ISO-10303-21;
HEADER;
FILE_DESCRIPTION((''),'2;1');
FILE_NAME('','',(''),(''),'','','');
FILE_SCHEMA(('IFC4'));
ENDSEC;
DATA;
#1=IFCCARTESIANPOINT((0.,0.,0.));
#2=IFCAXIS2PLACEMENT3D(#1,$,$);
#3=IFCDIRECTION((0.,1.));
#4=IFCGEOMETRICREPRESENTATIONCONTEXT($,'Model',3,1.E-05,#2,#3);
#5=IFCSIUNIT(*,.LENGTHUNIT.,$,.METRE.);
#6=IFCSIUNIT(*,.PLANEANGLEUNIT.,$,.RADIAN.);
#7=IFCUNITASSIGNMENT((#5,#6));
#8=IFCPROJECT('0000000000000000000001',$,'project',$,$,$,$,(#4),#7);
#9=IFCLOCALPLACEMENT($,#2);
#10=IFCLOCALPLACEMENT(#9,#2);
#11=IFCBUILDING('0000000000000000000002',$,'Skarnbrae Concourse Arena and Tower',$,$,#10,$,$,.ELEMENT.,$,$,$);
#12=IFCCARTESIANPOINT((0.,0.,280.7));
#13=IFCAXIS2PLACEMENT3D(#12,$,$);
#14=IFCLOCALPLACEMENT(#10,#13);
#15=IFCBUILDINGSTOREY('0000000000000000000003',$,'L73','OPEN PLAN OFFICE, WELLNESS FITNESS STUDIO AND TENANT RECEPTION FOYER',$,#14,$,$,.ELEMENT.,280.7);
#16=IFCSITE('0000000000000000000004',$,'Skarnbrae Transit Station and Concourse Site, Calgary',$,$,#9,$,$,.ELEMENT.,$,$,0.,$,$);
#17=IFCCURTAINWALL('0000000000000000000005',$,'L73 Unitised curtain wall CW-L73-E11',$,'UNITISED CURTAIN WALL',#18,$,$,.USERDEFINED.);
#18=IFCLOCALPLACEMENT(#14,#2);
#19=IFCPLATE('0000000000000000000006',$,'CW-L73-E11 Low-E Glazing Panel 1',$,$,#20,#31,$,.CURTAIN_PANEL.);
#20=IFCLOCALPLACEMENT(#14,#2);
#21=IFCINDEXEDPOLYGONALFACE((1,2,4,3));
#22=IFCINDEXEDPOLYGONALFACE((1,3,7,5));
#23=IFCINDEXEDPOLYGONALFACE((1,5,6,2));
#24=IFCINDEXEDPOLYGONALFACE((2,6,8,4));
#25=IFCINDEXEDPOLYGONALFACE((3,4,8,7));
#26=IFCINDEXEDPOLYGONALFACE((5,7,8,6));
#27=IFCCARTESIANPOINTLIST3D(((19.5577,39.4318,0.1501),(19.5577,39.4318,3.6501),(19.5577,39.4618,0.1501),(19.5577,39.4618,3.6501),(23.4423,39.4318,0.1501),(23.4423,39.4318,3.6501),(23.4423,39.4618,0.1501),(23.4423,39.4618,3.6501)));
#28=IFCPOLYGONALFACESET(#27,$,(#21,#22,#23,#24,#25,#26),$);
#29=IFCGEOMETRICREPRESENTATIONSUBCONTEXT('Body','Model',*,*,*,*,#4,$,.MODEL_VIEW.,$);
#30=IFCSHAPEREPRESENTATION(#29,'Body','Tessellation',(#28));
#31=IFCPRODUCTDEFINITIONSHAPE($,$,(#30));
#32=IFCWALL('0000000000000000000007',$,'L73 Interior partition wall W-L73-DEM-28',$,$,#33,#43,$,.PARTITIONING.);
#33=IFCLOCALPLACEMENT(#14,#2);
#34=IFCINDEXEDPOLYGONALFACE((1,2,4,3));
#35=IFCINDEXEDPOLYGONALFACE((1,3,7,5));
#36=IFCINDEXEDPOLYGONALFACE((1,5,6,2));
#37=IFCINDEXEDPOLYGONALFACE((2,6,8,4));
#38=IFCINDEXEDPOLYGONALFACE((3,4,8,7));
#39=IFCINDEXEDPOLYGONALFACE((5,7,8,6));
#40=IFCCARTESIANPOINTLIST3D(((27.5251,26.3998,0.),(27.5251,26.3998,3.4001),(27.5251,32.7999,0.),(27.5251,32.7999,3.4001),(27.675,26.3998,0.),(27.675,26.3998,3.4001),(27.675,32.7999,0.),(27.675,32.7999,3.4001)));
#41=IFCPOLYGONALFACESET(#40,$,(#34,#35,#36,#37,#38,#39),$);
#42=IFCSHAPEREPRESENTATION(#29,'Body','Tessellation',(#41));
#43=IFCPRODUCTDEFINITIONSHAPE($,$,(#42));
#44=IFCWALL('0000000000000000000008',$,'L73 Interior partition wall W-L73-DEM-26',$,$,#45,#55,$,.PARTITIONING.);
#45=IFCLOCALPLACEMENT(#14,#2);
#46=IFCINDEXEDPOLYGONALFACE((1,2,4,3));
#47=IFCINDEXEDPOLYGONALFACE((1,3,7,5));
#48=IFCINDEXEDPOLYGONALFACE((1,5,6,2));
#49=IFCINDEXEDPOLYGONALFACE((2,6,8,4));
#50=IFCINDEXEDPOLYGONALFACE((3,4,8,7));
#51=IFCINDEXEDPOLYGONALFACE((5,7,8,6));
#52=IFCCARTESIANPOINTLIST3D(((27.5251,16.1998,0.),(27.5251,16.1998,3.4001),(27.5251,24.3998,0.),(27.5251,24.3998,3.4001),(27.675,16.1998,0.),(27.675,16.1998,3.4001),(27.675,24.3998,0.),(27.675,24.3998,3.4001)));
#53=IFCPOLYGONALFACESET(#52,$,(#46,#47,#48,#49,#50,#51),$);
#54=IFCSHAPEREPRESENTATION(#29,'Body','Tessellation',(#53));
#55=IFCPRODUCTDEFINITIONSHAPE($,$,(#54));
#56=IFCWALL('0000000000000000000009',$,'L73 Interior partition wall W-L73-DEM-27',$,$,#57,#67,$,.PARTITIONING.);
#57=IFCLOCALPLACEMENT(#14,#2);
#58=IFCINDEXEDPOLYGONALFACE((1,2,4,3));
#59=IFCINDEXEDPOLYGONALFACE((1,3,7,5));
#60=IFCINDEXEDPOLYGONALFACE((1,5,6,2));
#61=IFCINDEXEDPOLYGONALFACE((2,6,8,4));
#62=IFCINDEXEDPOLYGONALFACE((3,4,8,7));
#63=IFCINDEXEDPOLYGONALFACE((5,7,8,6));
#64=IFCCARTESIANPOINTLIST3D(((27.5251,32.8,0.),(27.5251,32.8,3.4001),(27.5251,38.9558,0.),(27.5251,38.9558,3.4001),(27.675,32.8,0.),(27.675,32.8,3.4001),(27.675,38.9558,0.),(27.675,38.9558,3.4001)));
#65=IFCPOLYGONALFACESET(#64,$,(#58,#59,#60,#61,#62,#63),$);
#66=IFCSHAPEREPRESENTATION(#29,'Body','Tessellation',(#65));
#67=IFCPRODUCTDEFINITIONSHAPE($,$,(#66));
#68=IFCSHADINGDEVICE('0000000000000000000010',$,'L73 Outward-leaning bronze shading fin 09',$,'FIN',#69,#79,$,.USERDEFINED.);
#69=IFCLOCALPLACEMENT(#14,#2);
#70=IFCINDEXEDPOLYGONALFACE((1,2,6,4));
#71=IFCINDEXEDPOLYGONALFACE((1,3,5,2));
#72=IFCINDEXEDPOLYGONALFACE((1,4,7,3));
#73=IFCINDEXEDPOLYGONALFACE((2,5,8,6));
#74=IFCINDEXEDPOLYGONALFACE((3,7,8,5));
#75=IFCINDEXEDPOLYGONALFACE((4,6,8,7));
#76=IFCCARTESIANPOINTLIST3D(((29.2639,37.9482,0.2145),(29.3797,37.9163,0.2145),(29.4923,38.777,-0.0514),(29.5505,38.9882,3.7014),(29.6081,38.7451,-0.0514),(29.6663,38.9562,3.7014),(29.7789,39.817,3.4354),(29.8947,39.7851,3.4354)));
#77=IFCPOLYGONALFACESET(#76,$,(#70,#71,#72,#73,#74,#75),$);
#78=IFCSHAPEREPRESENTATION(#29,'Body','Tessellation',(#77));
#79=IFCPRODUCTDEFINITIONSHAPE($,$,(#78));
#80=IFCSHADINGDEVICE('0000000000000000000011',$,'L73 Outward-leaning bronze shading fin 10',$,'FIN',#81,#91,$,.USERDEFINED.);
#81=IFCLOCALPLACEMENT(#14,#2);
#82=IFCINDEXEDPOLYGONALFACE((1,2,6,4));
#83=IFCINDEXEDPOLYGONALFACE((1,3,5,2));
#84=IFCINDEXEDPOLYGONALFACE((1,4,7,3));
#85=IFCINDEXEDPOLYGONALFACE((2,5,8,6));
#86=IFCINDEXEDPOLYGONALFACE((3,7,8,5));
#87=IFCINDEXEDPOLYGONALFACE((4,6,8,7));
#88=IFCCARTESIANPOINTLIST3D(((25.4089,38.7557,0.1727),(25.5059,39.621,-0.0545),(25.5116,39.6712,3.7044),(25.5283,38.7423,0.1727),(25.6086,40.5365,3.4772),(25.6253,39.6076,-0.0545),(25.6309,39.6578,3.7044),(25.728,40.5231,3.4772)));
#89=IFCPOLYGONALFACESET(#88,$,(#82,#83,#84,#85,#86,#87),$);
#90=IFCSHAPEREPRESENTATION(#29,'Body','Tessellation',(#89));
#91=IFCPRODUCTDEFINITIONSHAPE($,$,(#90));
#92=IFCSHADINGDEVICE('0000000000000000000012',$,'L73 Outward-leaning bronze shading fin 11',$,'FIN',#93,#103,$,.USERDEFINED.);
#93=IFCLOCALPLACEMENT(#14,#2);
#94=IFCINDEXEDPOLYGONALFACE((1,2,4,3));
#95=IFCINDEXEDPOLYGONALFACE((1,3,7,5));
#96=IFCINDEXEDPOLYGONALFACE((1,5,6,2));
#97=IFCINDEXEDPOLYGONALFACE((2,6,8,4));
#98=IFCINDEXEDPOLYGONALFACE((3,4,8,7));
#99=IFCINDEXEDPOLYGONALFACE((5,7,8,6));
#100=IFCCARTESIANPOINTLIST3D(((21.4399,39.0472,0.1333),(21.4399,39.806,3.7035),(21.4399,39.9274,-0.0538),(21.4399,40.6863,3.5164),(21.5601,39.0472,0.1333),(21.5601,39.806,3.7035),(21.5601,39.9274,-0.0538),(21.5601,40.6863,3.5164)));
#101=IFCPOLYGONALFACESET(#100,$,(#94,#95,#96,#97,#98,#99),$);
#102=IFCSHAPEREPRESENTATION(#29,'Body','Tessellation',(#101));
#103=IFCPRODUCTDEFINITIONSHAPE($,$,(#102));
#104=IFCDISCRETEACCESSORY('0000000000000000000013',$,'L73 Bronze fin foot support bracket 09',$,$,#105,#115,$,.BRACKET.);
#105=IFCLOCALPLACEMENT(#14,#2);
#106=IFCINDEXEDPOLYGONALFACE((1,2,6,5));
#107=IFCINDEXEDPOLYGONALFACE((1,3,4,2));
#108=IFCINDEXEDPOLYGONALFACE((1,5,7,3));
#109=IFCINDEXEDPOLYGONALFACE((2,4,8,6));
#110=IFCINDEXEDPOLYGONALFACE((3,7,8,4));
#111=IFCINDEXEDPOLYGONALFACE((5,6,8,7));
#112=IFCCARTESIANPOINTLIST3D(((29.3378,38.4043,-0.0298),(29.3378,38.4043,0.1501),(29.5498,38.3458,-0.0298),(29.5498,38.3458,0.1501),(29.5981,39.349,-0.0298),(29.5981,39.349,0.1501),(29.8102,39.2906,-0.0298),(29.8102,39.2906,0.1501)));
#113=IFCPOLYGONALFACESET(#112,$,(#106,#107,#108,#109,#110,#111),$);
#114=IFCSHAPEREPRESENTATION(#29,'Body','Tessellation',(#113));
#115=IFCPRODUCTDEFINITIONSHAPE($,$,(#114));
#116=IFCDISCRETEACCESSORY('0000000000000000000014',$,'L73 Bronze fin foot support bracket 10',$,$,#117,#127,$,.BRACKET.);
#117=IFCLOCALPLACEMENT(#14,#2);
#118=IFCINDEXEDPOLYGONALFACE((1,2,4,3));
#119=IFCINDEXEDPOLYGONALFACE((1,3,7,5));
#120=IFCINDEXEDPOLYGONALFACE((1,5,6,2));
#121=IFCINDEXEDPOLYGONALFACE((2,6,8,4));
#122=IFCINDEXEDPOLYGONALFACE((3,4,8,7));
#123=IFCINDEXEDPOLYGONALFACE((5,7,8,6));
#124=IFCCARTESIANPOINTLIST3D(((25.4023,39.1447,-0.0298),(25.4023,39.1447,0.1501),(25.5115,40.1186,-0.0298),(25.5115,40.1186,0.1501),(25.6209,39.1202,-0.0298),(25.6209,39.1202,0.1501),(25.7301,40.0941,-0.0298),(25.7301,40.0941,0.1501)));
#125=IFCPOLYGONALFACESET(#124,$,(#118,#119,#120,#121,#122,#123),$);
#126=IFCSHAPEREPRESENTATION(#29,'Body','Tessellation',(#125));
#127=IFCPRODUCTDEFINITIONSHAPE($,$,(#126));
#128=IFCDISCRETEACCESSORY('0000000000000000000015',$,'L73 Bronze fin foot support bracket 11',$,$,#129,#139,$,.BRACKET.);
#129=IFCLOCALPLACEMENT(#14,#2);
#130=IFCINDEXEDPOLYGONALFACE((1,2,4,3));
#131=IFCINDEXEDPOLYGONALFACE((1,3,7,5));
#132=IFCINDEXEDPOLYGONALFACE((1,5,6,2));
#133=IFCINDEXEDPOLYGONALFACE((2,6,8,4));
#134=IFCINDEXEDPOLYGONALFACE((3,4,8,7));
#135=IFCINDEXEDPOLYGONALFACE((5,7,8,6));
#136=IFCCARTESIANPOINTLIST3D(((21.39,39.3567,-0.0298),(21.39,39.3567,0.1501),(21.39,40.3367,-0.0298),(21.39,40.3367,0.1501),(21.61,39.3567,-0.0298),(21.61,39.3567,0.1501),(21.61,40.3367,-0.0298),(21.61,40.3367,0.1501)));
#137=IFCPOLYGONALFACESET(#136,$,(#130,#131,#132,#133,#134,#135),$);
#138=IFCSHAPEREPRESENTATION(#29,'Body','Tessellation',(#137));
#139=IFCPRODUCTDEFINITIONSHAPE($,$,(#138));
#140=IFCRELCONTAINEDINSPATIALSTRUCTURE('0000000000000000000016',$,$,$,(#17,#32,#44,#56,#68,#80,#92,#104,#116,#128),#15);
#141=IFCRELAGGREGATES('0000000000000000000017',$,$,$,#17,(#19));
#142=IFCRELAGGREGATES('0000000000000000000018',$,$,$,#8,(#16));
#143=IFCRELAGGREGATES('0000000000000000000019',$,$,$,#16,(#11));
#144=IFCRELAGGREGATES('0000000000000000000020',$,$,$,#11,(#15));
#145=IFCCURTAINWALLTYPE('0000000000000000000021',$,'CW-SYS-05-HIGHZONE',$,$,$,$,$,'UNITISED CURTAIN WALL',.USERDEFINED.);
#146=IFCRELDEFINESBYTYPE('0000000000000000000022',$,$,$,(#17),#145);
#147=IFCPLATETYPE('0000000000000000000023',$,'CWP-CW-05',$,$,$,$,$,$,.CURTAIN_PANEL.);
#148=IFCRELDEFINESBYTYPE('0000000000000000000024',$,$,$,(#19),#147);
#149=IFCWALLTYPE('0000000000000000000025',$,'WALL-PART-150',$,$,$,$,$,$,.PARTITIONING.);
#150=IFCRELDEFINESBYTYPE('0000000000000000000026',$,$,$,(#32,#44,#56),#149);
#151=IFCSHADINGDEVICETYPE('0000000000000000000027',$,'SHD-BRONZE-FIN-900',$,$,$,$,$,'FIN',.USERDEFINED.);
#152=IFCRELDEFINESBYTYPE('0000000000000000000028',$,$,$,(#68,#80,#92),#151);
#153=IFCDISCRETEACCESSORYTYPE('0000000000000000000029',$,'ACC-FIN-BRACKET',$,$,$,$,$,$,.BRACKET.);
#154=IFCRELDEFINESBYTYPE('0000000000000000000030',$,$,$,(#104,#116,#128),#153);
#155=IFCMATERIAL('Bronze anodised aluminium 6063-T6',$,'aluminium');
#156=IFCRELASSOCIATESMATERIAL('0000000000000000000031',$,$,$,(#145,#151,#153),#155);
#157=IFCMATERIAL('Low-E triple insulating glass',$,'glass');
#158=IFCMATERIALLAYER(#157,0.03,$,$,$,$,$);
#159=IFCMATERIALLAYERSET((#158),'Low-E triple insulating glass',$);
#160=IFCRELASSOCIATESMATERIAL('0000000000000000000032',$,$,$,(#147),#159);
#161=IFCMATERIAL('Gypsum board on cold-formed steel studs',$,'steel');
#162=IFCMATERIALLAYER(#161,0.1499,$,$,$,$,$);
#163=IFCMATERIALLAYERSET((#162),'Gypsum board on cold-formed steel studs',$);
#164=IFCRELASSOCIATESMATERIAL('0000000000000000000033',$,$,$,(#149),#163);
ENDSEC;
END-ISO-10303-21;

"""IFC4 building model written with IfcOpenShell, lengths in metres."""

from ifc_helpers import new_model, si_unit, direction, frame, frame_2d, origin, origin_2d, place, context, subcontext, project, spatial, rectangle, extrude, source, transform, mapped, material, layer, layer_set, type_object, element, aggregate, save


model = new_model("IFC4")

# Units and contexts
model_context = context("Model", 3, precision=1e-05, world=origin(), true_north=direction((0.0, 1.0)))
body_context = subcontext(model_context, "Body", "Model", "MODEL_VIEW")
ifc_project = project(units=[si_unit("LENGTHUNIT", "METRE"), si_unit("PLANEANGLEUNIT", "RADIAN")], contexts=[model_context])

# Site, building, storey
site_placement = place(None, origin())
site = spatial("IfcSite", under=ifc_project, at=site_placement, Name="Skarnbrae Transit Station and Concourse Site, Calgary", CompositionType="ELEMENT", RefElevation=0.0)
building_placement = place(site_placement, origin())
building = spatial("IfcBuilding", under=site, at=building_placement, Name="Skarnbrae Concourse Arena and Tower", CompositionType="ELEMENT")
storey_placement = place(building_placement, frame((0.0, 0.0, 280.7)))
storey = spatial("IfcBuildingStorey", under=building, at=storey_placement, Name="L73", Description="OPEN PLAN OFFICE, WELLNESS FITNESS STUDIO AND TENANT RECEPTION FOYER", CompositionType="ELEMENT", Elevation=280.7)

# Curtain wall
ifc_material_1 = material(Name="Bronze anodised aluminium 6063-T6", Category="aluminium")
curtain_wall_type = type_object("IfcCurtainWallType", Name="CW-SYS-05-HIGHZONE", ElementType="UNITISED CURTAIN WALL", PredefinedType="USERDEFINED", material=ifc_material_1)
curtain_wall_1_placement = place(storey_placement, origin())
curtain_wall_1 = element("IfcCurtainWall", 1, at=curtain_wall_1_placement, inside=storey, type_object=curtain_wall_type, Name="L73 Unitised curtain wall CW-L73-E11", ObjectType="UNITISED CURTAIN WALL", PredefinedType="USERDEFINED")

# Plate
ifc_material_2 = material(Name="Low-E triple insulating glass", Category="glass")
ifc_layer_1 = layer(ifc_material_2, 0.03)
ifc_layer_set_1 = layer_set([ifc_layer_1], Name="Low-E triple insulating glass")
plate_type = type_object("IfcPlateType", Name="CWP-CW-05", PredefinedType="CURTAIN_PANEL", material=ifc_layer_set_1)
shared_shape_1 = source(origin(), body_context, "Body", "SweptSolid", [
    extrude(rectangle(XDim=3.8845, YDim=0.03, at=origin_2d()), origin(), (0.0, 0.0, 1.0), 3.5),
])
plate_1_placement = place(storey_placement, frame((21.5, 39.4468, 0.1501), z_axis=(0.0, 0.0, 1.0), x_axis=(-1.0, 0.0, 0.0)))
plate_1 = element("IfcPlate", 2, at=plate_1_placement, type_object=plate_type, Name="CW-L73-E11 Low-E Glazing Panel 1", PredefinedType="CURTAIN_PANEL", context=body_context, shape_type="MappedRepresentation", body=[
    mapped(shared_shape_1, transform((0.0, 0.0, 0.0))),
])
aggregate(curtain_wall_1, [plate_1])

# Walls
ifc_material_3 = material(Name="Gypsum board on cold-formed steel studs", Category="steel")
ifc_layer_2 = layer(ifc_material_3, 0.1499)
ifc_layer_set_2 = layer_set([ifc_layer_2], Name="Gypsum board on cold-formed steel studs")
wall_type = type_object("IfcWallType", Name="WALL-PART-150", PredefinedType="PARTITIONING", material=ifc_layer_set_2)
shared_shape_2 = source(origin(), body_context, "Body", "SweptSolid", [
    extrude(rectangle(XDim=6.4001, YDim=0.1499, at=frame_2d((3.2002, 0.0))), origin(), (0.0, 0.0, 1.0), 3.4001),
])
wall_1_placement = place(storey_placement, frame((27.6001, 32.8, 0.0), z_axis=(0.0, 0.0, 1.0), x_axis=(0.0, -1.0, 0.0)))
element("IfcWall", 3, at=wall_1_placement, inside=storey, type_object=wall_type, Name="L73 Interior partition wall W-L73-DEM-28", PredefinedType="PARTITIONING", context=body_context, shape_type="MappedRepresentation", body=[
    mapped(shared_shape_2, transform((0.0, 0.0, 0.0))),
])
shared_shape_3 = source(origin(), body_context, "Body", "SweptSolid", [
    extrude(rectangle(XDim=8.2, YDim=0.1499, at=frame_2d((4.1001, 0.0))), origin(), (0.0, 0.0, 1.0), 3.4001),
])
wall_2_placement = place(storey_placement, frame((27.6001, 24.3999, 0.0), z_axis=(0.0, 0.0, 1.0), x_axis=(0.0, -1.0, 0.0)))
element("IfcWall", 4, at=wall_2_placement, inside=storey, type_object=wall_type, Name="L73 Interior partition wall W-L73-DEM-26", PredefinedType="PARTITIONING", context=body_context, shape_type="MappedRepresentation", body=[
    mapped(shared_shape_3, transform((0.0, 0.0, 0.0))),
])
shared_shape_4 = source(origin(), body_context, "Body", "SweptSolid", [
    extrude(rectangle(XDim=6.1558, YDim=0.1499, at=frame_2d((3.0779, 0.0))), origin(), (0.0, 0.0, 1.0), 3.4001),
])
wall_3_placement = place(storey_placement, frame((27.6001, 38.9558, 0.0), z_axis=(0.0, 0.0, 1.0), x_axis=(0.0, -1.0, 0.0)))
element("IfcWall", 5, at=wall_3_placement, inside=storey, type_object=wall_type, Name="L73 Interior partition wall W-L73-DEM-27", PredefinedType="PARTITIONING", context=body_context, shape_type="MappedRepresentation", body=[
    mapped(shared_shape_4, transform((0.0, 0.0, 0.0))),
])

# Shading devices
shading_device_type = type_object("IfcShadingDeviceType", Name="SHD-BRONZE-FIN-900", ElementType="FIN", PredefinedType="USERDEFINED", material=ifc_material_1)
shared_shape_5 = source(origin(), body_context, "Body", "SweptSolid", [
    extrude(rectangle(XDim=0.1201, YDim=0.8999, at=origin_2d()), origin(), (0.0, 0.0, 1.0), 3.6499),
])
for number, where, z_axis, x_axis, name in (
    (6, (29.436, 38.3467, 0.0815), (0.078523, 0.284919, 0.95533), (0.964058, -0.265691, 0.0), "L73 Outward-leaning bronze shading fin 09"),
    (7, (25.5171, 39.1816, 0.0591), (0.028131, 0.250835, 0.967621), (0.99377, -0.111452, 0.0), "L73 Outward-leaning bronze shading fin 10"),
    (8, (21.5, 39.4873, 0.0398), (0.0, 0.207912, 0.978148), (1.0, 0.0, 0.0), "L73 Outward-leaning bronze shading fin 11"),
):
    element("IfcShadingDevice", number, at=place(storey_placement, frame(where, z_axis=z_axis, x_axis=x_axis)), inside=storey, type_object=shading_device_type, Name=name, ObjectType="FIN", PredefinedType="USERDEFINED", context=body_context, shape_type="MappedRepresentation", body=[
        mapped(shared_shape_5, transform((0.0, 0.0, 0.0))),
    ])

# Discrete accessories
discrete_accessory_type = type_object("IfcDiscreteAccessoryType", Name="ACC-FIN-BRACKET", PredefinedType="BRACKET", material=ifc_material_1)
shared_shape_6 = source(origin(), body_context, "Body", "SweptSolid", [
    extrude(rectangle(XDim=0.22, YDim=0.98, at=origin_2d()), origin(), (0.0, 0.0, 1.0), 0.1799),
])
for number, where, z_axis, x_axis, name in (
    (9, (29.574, 38.8474, -0.0298), (0.0, 0.0, 1.0), (0.964058, -0.265691, 0.0), "L73 Bronze fin foot support bracket 09"),
    (10, (25.5662, 39.6194, -0.0298), (0.0, 0.0, 1.0), (0.99377, -0.111452, 0.0), "L73 Bronze fin foot support bracket 10"),
    (11, (21.5, 39.8467, -0.0298), (0.0, 0.0, 1.0), (1.0, 0.0, 0.0), "L73 Bronze fin foot support bracket 11"),
):
    element("IfcDiscreteAccessory", number, at=place(storey_placement, frame(where, z_axis=z_axis, x_axis=x_axis)), inside=storey, type_object=discrete_accessory_type, Name=name, PredefinedType="BRACKET", context=body_context, shape_type="MappedRepresentation", body=[
        mapped(shared_shape_6, transform((0.0, 0.0, 0.0))),
    ])

save(model, "model.ifc")
